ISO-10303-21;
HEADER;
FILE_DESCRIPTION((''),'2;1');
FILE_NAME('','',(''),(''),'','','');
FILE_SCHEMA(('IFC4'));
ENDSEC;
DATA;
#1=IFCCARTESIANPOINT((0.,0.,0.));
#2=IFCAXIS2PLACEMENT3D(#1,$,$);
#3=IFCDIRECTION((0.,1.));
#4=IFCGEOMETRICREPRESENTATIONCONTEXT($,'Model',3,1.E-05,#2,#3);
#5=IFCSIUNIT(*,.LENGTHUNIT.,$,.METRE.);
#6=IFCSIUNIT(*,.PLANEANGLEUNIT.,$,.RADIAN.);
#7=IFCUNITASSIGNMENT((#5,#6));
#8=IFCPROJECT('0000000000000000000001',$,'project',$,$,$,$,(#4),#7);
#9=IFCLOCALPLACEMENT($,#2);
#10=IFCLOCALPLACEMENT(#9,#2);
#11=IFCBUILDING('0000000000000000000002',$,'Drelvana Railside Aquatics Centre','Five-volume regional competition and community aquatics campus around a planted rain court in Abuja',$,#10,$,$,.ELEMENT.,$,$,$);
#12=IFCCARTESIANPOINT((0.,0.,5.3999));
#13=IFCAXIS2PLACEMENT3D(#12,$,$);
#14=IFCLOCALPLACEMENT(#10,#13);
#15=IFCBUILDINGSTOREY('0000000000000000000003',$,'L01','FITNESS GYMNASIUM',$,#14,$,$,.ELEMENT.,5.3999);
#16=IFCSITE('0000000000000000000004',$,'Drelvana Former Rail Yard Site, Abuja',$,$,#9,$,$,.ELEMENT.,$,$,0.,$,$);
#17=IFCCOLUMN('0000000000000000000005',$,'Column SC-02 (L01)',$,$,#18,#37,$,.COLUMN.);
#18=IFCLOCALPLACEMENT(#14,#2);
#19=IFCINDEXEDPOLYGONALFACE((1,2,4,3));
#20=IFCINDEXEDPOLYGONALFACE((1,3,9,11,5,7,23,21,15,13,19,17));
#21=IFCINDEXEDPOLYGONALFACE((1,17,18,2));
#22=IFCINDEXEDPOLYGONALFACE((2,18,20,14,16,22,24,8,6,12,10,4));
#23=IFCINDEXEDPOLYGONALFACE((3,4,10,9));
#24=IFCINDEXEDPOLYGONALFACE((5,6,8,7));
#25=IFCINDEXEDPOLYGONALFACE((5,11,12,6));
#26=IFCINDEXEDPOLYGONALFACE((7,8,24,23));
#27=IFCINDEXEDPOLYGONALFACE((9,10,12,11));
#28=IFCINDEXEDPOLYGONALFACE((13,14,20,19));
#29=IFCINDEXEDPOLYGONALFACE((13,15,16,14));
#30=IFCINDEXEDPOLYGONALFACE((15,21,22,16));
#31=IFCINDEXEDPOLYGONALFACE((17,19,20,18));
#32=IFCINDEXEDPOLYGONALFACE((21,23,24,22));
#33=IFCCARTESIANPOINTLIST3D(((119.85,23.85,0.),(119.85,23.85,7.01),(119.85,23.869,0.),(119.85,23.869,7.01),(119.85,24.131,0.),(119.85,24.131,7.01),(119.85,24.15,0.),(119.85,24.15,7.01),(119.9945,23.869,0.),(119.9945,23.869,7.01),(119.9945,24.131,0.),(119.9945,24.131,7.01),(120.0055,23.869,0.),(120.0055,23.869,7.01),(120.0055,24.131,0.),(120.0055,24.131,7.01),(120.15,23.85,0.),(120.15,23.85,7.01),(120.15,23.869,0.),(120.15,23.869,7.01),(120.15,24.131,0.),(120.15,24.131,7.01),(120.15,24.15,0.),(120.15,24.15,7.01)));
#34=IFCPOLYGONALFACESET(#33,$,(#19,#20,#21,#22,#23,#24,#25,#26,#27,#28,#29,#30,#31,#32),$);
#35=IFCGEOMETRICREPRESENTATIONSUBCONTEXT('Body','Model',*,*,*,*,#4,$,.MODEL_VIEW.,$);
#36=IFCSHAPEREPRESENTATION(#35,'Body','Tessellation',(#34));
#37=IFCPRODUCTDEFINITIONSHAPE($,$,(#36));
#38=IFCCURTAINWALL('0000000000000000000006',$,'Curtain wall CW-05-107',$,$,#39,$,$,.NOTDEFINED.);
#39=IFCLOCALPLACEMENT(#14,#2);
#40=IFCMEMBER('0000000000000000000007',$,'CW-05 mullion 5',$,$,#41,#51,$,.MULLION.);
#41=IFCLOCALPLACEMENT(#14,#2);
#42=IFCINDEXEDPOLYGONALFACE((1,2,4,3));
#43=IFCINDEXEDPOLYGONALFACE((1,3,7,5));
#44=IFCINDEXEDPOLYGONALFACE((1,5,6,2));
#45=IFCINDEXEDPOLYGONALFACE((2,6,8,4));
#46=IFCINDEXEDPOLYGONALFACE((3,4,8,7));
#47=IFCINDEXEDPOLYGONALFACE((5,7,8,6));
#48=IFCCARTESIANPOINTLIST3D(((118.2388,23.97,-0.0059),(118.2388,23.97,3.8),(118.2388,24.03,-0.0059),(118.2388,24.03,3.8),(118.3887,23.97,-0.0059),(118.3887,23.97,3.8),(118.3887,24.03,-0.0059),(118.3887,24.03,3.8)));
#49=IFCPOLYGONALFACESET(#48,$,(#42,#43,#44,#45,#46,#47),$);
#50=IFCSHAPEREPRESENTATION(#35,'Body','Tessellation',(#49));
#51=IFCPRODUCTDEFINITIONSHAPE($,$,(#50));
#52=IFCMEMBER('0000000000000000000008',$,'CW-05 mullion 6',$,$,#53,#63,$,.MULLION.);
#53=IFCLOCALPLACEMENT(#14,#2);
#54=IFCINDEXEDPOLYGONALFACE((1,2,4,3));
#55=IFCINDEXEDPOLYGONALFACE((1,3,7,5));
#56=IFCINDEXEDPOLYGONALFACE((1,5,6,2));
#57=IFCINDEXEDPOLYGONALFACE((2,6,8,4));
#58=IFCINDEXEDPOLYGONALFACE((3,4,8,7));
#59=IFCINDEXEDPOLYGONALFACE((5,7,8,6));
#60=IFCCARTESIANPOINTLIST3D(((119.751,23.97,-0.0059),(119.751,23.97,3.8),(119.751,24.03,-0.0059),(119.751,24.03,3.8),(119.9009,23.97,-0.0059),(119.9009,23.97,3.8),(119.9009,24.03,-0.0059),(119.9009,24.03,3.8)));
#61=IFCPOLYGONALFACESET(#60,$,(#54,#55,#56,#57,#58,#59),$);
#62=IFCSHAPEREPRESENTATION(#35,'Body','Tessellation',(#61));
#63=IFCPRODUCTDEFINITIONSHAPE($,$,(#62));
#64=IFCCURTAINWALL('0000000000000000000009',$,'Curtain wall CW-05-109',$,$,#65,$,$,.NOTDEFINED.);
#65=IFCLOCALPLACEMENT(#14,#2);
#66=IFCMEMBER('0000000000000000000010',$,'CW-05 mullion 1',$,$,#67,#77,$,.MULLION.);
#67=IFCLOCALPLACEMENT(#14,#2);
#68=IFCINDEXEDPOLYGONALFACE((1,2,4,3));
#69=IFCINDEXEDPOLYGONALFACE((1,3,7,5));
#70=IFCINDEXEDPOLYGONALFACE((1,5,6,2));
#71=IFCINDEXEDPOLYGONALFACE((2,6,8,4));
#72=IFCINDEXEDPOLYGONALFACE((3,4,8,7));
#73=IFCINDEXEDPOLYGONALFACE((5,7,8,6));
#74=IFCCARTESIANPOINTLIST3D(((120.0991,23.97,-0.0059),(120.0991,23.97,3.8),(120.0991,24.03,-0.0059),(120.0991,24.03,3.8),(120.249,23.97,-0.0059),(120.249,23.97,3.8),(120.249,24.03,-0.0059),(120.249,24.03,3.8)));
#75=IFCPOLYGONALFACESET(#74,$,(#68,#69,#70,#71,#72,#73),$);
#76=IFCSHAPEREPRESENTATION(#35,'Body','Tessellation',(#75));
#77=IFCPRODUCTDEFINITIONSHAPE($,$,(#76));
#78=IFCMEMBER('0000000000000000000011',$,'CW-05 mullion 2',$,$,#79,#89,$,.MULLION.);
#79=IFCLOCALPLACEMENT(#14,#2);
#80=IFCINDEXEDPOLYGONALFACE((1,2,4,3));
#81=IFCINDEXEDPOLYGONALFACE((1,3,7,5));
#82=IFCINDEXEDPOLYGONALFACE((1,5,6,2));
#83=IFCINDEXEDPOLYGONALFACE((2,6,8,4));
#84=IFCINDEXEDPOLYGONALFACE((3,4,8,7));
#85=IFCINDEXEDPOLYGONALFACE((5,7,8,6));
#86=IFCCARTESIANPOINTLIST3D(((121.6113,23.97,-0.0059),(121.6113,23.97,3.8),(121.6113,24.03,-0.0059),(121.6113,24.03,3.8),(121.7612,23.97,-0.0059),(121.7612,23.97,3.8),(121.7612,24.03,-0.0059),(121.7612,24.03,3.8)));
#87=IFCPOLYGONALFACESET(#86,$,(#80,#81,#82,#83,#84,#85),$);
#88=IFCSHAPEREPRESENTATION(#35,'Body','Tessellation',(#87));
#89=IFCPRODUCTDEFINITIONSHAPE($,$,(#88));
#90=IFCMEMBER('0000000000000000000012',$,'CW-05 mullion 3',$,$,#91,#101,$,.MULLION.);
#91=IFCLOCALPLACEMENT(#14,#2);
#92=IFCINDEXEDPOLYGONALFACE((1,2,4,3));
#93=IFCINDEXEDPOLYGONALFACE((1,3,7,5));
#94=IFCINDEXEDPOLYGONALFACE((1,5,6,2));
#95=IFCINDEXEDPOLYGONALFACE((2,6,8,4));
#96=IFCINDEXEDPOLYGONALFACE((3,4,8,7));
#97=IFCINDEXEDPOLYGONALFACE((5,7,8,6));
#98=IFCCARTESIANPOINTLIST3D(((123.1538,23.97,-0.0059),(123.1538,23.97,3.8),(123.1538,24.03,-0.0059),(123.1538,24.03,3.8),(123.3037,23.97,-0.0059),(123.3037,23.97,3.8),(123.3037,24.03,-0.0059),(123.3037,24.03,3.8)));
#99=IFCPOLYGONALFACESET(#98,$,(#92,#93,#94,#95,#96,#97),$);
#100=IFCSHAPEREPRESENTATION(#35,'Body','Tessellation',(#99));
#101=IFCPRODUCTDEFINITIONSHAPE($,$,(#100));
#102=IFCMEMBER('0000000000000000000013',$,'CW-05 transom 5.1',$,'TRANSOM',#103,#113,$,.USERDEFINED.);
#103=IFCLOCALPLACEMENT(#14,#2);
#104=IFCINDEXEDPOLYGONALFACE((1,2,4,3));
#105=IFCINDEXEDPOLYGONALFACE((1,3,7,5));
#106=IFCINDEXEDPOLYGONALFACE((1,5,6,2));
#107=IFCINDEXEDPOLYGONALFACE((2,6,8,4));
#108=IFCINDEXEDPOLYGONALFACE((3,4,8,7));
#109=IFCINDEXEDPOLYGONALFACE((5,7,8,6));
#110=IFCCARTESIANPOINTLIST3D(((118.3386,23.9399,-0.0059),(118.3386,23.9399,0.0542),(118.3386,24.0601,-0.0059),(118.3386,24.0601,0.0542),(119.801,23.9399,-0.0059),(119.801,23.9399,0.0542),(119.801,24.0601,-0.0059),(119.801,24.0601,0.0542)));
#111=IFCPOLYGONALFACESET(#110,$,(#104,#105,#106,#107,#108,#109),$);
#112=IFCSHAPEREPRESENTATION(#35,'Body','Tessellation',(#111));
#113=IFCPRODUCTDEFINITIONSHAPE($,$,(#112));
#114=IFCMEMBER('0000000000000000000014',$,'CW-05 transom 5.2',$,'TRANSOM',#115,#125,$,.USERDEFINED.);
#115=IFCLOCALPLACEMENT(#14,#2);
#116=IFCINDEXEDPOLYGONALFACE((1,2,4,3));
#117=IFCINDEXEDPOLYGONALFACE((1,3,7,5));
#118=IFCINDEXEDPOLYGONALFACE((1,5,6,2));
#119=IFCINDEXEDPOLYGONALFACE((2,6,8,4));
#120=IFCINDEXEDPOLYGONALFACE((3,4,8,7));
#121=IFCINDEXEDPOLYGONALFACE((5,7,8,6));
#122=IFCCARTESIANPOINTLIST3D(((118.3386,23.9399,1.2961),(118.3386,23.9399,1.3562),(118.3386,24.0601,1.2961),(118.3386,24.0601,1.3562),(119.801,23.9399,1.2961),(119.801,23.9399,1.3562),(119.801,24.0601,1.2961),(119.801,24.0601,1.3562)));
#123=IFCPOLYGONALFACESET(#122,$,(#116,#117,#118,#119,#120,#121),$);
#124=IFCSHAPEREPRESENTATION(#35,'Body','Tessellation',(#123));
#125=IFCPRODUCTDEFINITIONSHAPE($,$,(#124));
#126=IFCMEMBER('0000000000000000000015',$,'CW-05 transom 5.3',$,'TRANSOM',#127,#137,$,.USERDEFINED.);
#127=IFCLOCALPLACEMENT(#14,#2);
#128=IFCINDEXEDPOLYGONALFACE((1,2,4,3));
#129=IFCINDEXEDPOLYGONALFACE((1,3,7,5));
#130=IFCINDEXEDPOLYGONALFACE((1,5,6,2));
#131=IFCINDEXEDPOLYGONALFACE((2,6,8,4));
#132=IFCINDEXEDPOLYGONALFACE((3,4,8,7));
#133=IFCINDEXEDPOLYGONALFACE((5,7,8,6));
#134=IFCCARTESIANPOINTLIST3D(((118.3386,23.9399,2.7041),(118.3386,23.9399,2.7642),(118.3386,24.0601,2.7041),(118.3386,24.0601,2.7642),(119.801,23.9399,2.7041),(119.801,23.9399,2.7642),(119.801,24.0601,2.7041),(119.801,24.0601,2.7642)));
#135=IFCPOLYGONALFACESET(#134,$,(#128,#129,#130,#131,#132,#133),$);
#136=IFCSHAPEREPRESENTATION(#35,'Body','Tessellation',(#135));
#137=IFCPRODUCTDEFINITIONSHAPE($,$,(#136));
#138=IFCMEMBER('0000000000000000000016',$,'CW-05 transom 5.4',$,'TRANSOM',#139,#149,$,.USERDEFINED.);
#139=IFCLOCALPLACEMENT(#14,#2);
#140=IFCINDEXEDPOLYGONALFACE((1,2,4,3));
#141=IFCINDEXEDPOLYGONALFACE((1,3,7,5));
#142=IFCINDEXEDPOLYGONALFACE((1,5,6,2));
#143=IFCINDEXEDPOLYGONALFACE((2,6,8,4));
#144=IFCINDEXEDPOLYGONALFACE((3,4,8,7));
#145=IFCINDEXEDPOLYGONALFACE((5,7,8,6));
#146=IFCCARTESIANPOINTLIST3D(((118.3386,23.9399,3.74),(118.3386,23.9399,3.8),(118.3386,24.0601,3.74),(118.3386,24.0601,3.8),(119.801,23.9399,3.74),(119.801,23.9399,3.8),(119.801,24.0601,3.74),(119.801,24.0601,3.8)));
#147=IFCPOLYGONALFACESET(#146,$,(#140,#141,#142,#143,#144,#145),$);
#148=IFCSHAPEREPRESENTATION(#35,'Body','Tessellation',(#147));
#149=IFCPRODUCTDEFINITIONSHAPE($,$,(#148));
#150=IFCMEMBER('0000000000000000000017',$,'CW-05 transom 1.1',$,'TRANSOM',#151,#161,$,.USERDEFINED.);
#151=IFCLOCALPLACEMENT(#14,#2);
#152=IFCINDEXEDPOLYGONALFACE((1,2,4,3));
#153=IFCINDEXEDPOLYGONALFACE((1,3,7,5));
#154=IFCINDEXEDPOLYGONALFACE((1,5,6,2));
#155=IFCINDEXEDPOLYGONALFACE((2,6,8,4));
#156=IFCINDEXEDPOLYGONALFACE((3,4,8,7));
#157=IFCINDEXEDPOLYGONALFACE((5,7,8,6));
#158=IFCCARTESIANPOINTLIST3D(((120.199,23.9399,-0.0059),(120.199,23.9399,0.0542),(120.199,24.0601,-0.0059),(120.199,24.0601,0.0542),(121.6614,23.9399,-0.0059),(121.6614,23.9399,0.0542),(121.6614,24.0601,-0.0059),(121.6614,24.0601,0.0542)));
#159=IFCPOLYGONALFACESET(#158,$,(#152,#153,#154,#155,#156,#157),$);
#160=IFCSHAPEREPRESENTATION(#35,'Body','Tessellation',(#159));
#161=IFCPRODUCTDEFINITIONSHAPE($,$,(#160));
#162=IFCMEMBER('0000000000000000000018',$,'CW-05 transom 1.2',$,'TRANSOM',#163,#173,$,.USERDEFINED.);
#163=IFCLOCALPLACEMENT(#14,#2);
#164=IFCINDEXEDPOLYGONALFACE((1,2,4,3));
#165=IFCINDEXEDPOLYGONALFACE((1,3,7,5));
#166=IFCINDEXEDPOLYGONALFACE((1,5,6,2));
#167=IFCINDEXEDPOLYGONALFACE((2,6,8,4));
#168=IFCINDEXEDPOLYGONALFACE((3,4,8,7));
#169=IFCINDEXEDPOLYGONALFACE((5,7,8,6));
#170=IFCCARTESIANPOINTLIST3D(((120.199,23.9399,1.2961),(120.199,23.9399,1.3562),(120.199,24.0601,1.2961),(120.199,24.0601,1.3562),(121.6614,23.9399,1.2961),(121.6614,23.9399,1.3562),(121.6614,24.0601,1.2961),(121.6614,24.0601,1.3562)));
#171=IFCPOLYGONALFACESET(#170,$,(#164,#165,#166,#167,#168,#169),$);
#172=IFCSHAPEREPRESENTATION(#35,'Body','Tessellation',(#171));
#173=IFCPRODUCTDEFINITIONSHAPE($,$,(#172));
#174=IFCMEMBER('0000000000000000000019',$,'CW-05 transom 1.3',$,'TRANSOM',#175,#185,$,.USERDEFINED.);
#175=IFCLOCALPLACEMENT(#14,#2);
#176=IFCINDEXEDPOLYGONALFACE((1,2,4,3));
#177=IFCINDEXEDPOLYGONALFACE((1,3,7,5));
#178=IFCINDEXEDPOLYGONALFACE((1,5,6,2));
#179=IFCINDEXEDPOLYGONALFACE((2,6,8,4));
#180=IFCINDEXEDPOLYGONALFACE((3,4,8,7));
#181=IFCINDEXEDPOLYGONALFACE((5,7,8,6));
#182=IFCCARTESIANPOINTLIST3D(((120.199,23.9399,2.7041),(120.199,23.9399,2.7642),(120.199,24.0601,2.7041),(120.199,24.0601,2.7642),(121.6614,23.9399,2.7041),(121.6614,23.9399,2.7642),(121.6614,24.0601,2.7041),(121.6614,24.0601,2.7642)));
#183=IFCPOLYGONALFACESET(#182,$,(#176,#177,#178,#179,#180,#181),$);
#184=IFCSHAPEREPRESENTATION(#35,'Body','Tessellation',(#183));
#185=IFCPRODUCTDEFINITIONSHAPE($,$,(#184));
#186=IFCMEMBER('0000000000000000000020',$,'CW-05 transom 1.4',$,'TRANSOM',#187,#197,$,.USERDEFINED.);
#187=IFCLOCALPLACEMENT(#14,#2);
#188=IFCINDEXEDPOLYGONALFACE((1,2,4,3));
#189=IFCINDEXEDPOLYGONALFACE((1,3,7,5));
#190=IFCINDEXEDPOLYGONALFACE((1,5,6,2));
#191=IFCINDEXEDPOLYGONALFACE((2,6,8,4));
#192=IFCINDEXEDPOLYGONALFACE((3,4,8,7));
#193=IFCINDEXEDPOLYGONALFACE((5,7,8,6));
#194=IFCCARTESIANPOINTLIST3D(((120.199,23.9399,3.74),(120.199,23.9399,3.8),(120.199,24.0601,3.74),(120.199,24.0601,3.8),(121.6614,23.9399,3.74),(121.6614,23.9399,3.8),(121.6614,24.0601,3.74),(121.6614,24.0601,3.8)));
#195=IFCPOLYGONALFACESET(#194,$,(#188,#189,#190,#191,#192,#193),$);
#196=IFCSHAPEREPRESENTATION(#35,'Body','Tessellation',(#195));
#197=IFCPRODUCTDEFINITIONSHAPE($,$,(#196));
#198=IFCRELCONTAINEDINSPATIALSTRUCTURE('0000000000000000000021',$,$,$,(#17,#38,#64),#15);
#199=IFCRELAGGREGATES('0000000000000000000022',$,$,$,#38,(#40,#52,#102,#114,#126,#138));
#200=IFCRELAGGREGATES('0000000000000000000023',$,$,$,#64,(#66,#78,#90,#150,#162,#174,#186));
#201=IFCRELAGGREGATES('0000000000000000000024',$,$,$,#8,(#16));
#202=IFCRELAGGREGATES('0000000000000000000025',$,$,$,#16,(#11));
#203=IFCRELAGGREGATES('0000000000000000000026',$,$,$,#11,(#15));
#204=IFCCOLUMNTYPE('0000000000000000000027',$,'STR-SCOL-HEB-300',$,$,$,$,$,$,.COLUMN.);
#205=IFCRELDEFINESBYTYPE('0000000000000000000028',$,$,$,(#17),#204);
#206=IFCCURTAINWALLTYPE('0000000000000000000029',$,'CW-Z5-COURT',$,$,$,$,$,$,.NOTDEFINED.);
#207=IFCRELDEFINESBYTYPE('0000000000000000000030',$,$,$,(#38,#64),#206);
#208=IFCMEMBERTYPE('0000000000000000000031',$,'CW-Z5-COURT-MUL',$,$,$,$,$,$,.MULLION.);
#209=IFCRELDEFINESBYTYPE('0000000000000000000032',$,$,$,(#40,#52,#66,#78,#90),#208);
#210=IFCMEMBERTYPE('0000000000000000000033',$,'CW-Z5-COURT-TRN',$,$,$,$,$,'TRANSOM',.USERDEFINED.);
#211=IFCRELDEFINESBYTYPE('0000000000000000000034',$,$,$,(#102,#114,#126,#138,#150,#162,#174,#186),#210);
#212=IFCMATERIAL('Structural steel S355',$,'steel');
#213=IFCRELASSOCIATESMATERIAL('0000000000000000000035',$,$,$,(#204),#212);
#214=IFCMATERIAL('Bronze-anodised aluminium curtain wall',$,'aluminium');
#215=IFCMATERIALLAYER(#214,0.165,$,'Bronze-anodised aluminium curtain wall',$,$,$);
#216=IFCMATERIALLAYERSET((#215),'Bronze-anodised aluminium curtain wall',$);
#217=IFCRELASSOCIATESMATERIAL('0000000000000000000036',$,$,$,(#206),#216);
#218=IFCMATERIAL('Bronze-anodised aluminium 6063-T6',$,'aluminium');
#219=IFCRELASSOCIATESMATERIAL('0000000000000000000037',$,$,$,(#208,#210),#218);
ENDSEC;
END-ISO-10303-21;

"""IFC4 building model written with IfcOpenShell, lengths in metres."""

from ifc_helpers import new_model, si_unit, direction, frame, origin, origin_2d, place, context, subcontext, project, spatial, rectangle, i_section, extrude, material, layer, layer_set, material_profile, profile_set, type_object, element, aggregate, save


model = new_model("IFC4")

# Units and contexts
model_context = context("Model", 3, precision=1e-05, world=origin(), true_north=direction((0.0, 1.0)))
body_context = subcontext(model_context, "Body", "Model", "MODEL_VIEW")
ifc_project = project(units=[si_unit("LENGTHUNIT", "METRE"), si_unit("PLANEANGLEUNIT", "RADIAN")], contexts=[model_context])

# Site, building, storey
site_placement = place(None, origin())
site = spatial("IfcSite", under=ifc_project, at=site_placement, Name="Drelvana Former Rail Yard Site, Abuja", CompositionType="ELEMENT", RefElevation=0.0)
building_placement = place(site_placement, origin())
building = spatial("IfcBuilding", under=site, at=building_placement, Name="Drelvana Railside Aquatics Centre", Description="Five-volume regional competition and community aquatics campus around a planted rain court in Abuja", CompositionType="ELEMENT")
storey_placement = place(building_placement, frame((0.0, 0.0, 5.3999)))
storey = spatial("IfcBuildingStorey", under=building, at=storey_placement, Name="L01", Description="FITNESS GYMNASIUM", CompositionType="ELEMENT", Elevation=5.3999)

# Column
ifc_material_1 = material(Name="Structural steel S355", Category="steel")
ifc_material_profile_1 = material_profile(ifc_material_1, i_section(OverallWidth=0.3, OverallDepth=0.3, WebThickness=0.011, FlangeThickness=0.019, at=origin_2d()), Name="HEB 300")
ifc_profile_set_1 = profile_set([ifc_material_profile_1], Name="Structural steel S355")
column_type = type_object("IfcColumnType", Name="STR-SCOL-HEB-300", PredefinedType="COLUMN", material=ifc_profile_set_1)
column_placement = place(storey_placement, frame((120.0, 24.0, 0.0), z_axis=(0.0, 0.0, 1.0), x_axis=(1.0, 0.0, 0.0)))
element("IfcColumn", 1, at=column_placement, inside=storey, type_object=column_type, Name="Column SC-02 (L01)", PredefinedType="COLUMN", context=body_context, shape_type="SweptSolid", body=[
    extrude(i_section(OverallWidth=0.3, OverallDepth=0.3, WebThickness=0.011, FlangeThickness=0.019, at=origin_2d()), origin(), (0.0, 0.0, 1.0), 7.01),
])

# Curtain walls, members
ifc_material_2 = material(Name="Bronze-anodised aluminium curtain wall", Category="aluminium")
ifc_layer_1 = layer(ifc_material_2, 0.165, Name="Bronze-anodised aluminium curtain wall")
ifc_layer_set_1 = layer_set([ifc_layer_1], Name="Bronze-anodised aluminium curtain wall")
curtain_wall_type = type_object("IfcCurtainWallType", Name="CW-Z5-COURT", PredefinedType="NOTDEFINED", material=ifc_layer_set_1)
curtain_wall_1_placement = place(storey_placement, origin())
curtain_wall_1 = element("IfcCurtainWall", 2, at=curtain_wall_1_placement, inside=storey, type_object=curtain_wall_type, Name="Curtain wall CW-05-107", PredefinedType="NOTDEFINED")
ifc_material_3 = material(Name="Bronze-anodised aluminium 6063-T6", Category="aluminium")
ifc_material_profile_2 = material_profile(ifc_material_3, rectangle(XDim=0.0601, YDim=0.1499, at=origin_2d()), Name="ALU-M 60x150")
ifc_profile_set_2 = profile_set([ifc_material_profile_2], Name="Bronze-anodised aluminium 6063-T6")
member_type_1 = type_object("IfcMemberType", Name="CW-Z5-COURT-MUL", PredefinedType="MULLION", material=ifc_profile_set_2)
member_1_placement = place(storey_placement, frame((118.3137, 24.0, -0.0059), z_axis=(0.0, 0.0, 1.0), x_axis=(0.0, 1.0, 0.0)))
member_1 = element("IfcMember", 3, at=member_1_placement, type_object=member_type_1, Name="CW-05 mullion 5", PredefinedType="MULLION", context=body_context, shape_type="SweptSolid", body=[
    extrude(rectangle(XDim=0.0601, YDim=0.1499, at=origin_2d()), origin(), (0.0, 0.0, 1.0), 3.8059),
])
member_2_placement = place(storey_placement, frame((119.8259, 24.0, -0.0059), z_axis=(0.0, 0.0, 1.0), x_axis=(0.0, 1.0, 0.0)))
member_2 = element("IfcMember", 4, at=member_2_placement, type_object=member_type_1, Name="CW-05 mullion 6", PredefinedType="MULLION", context=body_context, shape_type="SweptSolid", body=[
    extrude(rectangle(XDim=0.0601, YDim=0.1499, at=origin_2d()), origin(), (0.0, 0.0, 1.0), 3.8059),
])
curtain_wall_2_placement = place(storey_placement, origin())
curtain_wall_2 = element("IfcCurtainWall", 5, at=curtain_wall_2_placement, inside=storey, type_object=curtain_wall_type, Name="Curtain wall CW-05-109", PredefinedType="NOTDEFINED")
member_3_placement = place(storey_placement, frame((120.1741, 24.0, -0.0059), z_axis=(0.0, 0.0, 1.0), x_axis=(0.0, 1.0, 0.0)))
member_3 = element("IfcMember", 6, at=member_3_placement, type_object=member_type_1, Name="CW-05 mullion 1", PredefinedType="MULLION", context=body_context, shape_type="SweptSolid", body=[
    extrude(rectangle(XDim=0.0601, YDim=0.1499, at=origin_2d()), origin(), (0.0, 0.0, 1.0), 3.8059),
])
member_4_placement = place(storey_placement, frame((121.6863, 24.0, -0.0059), z_axis=(0.0, 0.0, 1.0), x_axis=(0.0, 1.0, 0.0)))
member_4 = element("IfcMember", 7, at=member_4_placement, type_object=member_type_1, Name="CW-05 mullion 2", PredefinedType="MULLION", context=body_context, shape_type="SweptSolid", body=[
    extrude(rectangle(XDim=0.0601, YDim=0.1499, at=origin_2d()), origin(), (0.0, 0.0, 1.0), 3.8059),
])
member_5_placement = place(storey_placement, frame((123.2288, 24.0, -0.0059), z_axis=(0.0, 0.0, 1.0), x_axis=(0.0, 1.0, 0.0)))
member_5 = element("IfcMember", 8, at=member_5_placement, type_object=member_type_1, Name="CW-05 mullion 3", PredefinedType="MULLION", context=body_context, shape_type="SweptSolid", body=[
    extrude(rectangle(XDim=0.0601, YDim=0.1499, at=origin_2d()), origin(), (0.0, 0.0, 1.0), 3.8059),
])

# Members
ifc_material_profile_3 = material_profile(ifc_material_3, rectangle(XDim=0.1201, YDim=0.0601, at=origin_2d()), Name="ALU-T 60x120")
ifc_profile_set_3 = profile_set([ifc_material_profile_3], Name="Bronze-anodised aluminium 6063-T6")
member_type_2 = type_object("IfcMemberType", Name="CW-Z5-COURT-TRN", ElementType="TRANSOM", PredefinedType="USERDEFINED", material=ifc_profile_set_3)
member_6_placement = place(storey_placement, frame((118.3386, 24.0, 0.0242), z_axis=(1.0, 0.0, 0.0), x_axis=(0.0, 1.0, 0.0)))
member_6 = element("IfcMember", 9, at=member_6_placement, type_object=member_type_2, Name="CW-05 transom 5.1", ObjectType="TRANSOM", PredefinedType="USERDEFINED", context=body_context, shape_type="SweptSolid", body=[
    extrude(rectangle(XDim=0.1201, YDim=0.0601, at=origin_2d()), origin(), (0.0, 0.0, 1.0), 1.4624),
])
member_7_placement = place(storey_placement, frame((118.3386, 24.0, 1.3262), z_axis=(1.0, 0.0, 0.0), x_axis=(0.0, 1.0, 0.0)))
member_7 = element("IfcMember", 10, at=member_7_placement, type_object=member_type_2, Name="CW-05 transom 5.2", ObjectType="TRANSOM", PredefinedType="USERDEFINED", context=body_context, shape_type="SweptSolid", body=[
    extrude(rectangle(XDim=0.1201, YDim=0.0601, at=origin_2d()), origin(), (0.0, 0.0, 1.0), 1.4624),
])
member_8_placement = place(storey_placement, frame((118.3386, 24.0, 2.7341), z_axis=(1.0, 0.0, 0.0), x_axis=(0.0, 1.0, 0.0)))
member_8 = element("IfcMember", 11, at=member_8_placement, type_object=member_type_2, Name="CW-05 transom 5.3", ObjectType="TRANSOM", PredefinedType="USERDEFINED", context=body_context, shape_type="SweptSolid", body=[
    extrude(rectangle(XDim=0.1201, YDim=0.0601, at=origin_2d()), origin(), (0.0, 0.0, 1.0), 1.4624),
])
member_9_placement = place(storey_placement, frame((118.3386, 24.0, 3.77), z_axis=(1.0, 0.0, 0.0), x_axis=(0.0, 1.0, 0.0)))
member_9 = element("IfcMember", 12, at=member_9_placement, type_object=member_type_2, Name="CW-05 transom 5.4", ObjectType="TRANSOM", PredefinedType="USERDEFINED", context=body_context, shape_type="SweptSolid", body=[
    extrude(rectangle(XDim=0.1201, YDim=0.0601, at=origin_2d()), origin(), (0.0, 0.0, 1.0), 1.4624),
])
member_10_placement = place(storey_placement, frame((120.199, 24.0, 0.0242), z_axis=(1.0, 0.0, 0.0), x_axis=(0.0, 1.0, 0.0)))
member_10 = element("IfcMember", 13, at=member_10_placement, type_object=member_type_2, Name="CW-05 transom 1.1", ObjectType="TRANSOM", PredefinedType="USERDEFINED", context=body_context, shape_type="SweptSolid", body=[
    extrude(rectangle(XDim=0.1201, YDim=0.0601, at=origin_2d()), origin(), (0.0, 0.0, 1.0), 1.4624),
])
member_11_placement = place(storey_placement, frame((120.199, 24.0, 1.3262), z_axis=(1.0, 0.0, 0.0), x_axis=(0.0, 1.0, 0.0)))
member_11 = element("IfcMember", 14, at=member_11_placement, type_object=member_type_2, Name="CW-05 transom 1.2", ObjectType="TRANSOM", PredefinedType="USERDEFINED", context=body_context, shape_type="SweptSolid", body=[
    extrude(rectangle(XDim=0.1201, YDim=0.0601, at=origin_2d()), origin(), (0.0, 0.0, 1.0), 1.4624),
])
member_12_placement = place(storey_placement, frame((120.199, 24.0, 2.7341), z_axis=(1.0, 0.0, 0.0), x_axis=(0.0, 1.0, 0.0)))
member_12 = element("IfcMember", 15, at=member_12_placement, type_object=member_type_2, Name="CW-05 transom 1.3", ObjectType="TRANSOM", PredefinedType="USERDEFINED", context=body_context, shape_type="SweptSolid", body=[
    extrude(rectangle(XDim=0.1201, YDim=0.0601, at=origin_2d()), origin(), (0.0, 0.0, 1.0), 1.4624),
])
member_13_placement = place(storey_placement, frame((120.199, 24.0, 3.77), z_axis=(1.0, 0.0, 0.0), x_axis=(0.0, 1.0, 0.0)))
member_13 = element("IfcMember", 16, at=member_13_placement, type_object=member_type_2, Name="CW-05 transom 1.4", ObjectType="TRANSOM", PredefinedType="USERDEFINED", context=body_context, shape_type="SweptSolid", body=[
    extrude(rectangle(XDim=0.1201, YDim=0.0601, at=origin_2d()), origin(), (0.0, 0.0, 1.0), 1.4624),
])

aggregate(curtain_wall_1, [member_1, member_2, member_6, member_7, member_8, member_9])
aggregate(curtain_wall_2, [member_3, member_4, member_5, member_10, member_11, member_12, member_13])

save(model, "model.ifc")
